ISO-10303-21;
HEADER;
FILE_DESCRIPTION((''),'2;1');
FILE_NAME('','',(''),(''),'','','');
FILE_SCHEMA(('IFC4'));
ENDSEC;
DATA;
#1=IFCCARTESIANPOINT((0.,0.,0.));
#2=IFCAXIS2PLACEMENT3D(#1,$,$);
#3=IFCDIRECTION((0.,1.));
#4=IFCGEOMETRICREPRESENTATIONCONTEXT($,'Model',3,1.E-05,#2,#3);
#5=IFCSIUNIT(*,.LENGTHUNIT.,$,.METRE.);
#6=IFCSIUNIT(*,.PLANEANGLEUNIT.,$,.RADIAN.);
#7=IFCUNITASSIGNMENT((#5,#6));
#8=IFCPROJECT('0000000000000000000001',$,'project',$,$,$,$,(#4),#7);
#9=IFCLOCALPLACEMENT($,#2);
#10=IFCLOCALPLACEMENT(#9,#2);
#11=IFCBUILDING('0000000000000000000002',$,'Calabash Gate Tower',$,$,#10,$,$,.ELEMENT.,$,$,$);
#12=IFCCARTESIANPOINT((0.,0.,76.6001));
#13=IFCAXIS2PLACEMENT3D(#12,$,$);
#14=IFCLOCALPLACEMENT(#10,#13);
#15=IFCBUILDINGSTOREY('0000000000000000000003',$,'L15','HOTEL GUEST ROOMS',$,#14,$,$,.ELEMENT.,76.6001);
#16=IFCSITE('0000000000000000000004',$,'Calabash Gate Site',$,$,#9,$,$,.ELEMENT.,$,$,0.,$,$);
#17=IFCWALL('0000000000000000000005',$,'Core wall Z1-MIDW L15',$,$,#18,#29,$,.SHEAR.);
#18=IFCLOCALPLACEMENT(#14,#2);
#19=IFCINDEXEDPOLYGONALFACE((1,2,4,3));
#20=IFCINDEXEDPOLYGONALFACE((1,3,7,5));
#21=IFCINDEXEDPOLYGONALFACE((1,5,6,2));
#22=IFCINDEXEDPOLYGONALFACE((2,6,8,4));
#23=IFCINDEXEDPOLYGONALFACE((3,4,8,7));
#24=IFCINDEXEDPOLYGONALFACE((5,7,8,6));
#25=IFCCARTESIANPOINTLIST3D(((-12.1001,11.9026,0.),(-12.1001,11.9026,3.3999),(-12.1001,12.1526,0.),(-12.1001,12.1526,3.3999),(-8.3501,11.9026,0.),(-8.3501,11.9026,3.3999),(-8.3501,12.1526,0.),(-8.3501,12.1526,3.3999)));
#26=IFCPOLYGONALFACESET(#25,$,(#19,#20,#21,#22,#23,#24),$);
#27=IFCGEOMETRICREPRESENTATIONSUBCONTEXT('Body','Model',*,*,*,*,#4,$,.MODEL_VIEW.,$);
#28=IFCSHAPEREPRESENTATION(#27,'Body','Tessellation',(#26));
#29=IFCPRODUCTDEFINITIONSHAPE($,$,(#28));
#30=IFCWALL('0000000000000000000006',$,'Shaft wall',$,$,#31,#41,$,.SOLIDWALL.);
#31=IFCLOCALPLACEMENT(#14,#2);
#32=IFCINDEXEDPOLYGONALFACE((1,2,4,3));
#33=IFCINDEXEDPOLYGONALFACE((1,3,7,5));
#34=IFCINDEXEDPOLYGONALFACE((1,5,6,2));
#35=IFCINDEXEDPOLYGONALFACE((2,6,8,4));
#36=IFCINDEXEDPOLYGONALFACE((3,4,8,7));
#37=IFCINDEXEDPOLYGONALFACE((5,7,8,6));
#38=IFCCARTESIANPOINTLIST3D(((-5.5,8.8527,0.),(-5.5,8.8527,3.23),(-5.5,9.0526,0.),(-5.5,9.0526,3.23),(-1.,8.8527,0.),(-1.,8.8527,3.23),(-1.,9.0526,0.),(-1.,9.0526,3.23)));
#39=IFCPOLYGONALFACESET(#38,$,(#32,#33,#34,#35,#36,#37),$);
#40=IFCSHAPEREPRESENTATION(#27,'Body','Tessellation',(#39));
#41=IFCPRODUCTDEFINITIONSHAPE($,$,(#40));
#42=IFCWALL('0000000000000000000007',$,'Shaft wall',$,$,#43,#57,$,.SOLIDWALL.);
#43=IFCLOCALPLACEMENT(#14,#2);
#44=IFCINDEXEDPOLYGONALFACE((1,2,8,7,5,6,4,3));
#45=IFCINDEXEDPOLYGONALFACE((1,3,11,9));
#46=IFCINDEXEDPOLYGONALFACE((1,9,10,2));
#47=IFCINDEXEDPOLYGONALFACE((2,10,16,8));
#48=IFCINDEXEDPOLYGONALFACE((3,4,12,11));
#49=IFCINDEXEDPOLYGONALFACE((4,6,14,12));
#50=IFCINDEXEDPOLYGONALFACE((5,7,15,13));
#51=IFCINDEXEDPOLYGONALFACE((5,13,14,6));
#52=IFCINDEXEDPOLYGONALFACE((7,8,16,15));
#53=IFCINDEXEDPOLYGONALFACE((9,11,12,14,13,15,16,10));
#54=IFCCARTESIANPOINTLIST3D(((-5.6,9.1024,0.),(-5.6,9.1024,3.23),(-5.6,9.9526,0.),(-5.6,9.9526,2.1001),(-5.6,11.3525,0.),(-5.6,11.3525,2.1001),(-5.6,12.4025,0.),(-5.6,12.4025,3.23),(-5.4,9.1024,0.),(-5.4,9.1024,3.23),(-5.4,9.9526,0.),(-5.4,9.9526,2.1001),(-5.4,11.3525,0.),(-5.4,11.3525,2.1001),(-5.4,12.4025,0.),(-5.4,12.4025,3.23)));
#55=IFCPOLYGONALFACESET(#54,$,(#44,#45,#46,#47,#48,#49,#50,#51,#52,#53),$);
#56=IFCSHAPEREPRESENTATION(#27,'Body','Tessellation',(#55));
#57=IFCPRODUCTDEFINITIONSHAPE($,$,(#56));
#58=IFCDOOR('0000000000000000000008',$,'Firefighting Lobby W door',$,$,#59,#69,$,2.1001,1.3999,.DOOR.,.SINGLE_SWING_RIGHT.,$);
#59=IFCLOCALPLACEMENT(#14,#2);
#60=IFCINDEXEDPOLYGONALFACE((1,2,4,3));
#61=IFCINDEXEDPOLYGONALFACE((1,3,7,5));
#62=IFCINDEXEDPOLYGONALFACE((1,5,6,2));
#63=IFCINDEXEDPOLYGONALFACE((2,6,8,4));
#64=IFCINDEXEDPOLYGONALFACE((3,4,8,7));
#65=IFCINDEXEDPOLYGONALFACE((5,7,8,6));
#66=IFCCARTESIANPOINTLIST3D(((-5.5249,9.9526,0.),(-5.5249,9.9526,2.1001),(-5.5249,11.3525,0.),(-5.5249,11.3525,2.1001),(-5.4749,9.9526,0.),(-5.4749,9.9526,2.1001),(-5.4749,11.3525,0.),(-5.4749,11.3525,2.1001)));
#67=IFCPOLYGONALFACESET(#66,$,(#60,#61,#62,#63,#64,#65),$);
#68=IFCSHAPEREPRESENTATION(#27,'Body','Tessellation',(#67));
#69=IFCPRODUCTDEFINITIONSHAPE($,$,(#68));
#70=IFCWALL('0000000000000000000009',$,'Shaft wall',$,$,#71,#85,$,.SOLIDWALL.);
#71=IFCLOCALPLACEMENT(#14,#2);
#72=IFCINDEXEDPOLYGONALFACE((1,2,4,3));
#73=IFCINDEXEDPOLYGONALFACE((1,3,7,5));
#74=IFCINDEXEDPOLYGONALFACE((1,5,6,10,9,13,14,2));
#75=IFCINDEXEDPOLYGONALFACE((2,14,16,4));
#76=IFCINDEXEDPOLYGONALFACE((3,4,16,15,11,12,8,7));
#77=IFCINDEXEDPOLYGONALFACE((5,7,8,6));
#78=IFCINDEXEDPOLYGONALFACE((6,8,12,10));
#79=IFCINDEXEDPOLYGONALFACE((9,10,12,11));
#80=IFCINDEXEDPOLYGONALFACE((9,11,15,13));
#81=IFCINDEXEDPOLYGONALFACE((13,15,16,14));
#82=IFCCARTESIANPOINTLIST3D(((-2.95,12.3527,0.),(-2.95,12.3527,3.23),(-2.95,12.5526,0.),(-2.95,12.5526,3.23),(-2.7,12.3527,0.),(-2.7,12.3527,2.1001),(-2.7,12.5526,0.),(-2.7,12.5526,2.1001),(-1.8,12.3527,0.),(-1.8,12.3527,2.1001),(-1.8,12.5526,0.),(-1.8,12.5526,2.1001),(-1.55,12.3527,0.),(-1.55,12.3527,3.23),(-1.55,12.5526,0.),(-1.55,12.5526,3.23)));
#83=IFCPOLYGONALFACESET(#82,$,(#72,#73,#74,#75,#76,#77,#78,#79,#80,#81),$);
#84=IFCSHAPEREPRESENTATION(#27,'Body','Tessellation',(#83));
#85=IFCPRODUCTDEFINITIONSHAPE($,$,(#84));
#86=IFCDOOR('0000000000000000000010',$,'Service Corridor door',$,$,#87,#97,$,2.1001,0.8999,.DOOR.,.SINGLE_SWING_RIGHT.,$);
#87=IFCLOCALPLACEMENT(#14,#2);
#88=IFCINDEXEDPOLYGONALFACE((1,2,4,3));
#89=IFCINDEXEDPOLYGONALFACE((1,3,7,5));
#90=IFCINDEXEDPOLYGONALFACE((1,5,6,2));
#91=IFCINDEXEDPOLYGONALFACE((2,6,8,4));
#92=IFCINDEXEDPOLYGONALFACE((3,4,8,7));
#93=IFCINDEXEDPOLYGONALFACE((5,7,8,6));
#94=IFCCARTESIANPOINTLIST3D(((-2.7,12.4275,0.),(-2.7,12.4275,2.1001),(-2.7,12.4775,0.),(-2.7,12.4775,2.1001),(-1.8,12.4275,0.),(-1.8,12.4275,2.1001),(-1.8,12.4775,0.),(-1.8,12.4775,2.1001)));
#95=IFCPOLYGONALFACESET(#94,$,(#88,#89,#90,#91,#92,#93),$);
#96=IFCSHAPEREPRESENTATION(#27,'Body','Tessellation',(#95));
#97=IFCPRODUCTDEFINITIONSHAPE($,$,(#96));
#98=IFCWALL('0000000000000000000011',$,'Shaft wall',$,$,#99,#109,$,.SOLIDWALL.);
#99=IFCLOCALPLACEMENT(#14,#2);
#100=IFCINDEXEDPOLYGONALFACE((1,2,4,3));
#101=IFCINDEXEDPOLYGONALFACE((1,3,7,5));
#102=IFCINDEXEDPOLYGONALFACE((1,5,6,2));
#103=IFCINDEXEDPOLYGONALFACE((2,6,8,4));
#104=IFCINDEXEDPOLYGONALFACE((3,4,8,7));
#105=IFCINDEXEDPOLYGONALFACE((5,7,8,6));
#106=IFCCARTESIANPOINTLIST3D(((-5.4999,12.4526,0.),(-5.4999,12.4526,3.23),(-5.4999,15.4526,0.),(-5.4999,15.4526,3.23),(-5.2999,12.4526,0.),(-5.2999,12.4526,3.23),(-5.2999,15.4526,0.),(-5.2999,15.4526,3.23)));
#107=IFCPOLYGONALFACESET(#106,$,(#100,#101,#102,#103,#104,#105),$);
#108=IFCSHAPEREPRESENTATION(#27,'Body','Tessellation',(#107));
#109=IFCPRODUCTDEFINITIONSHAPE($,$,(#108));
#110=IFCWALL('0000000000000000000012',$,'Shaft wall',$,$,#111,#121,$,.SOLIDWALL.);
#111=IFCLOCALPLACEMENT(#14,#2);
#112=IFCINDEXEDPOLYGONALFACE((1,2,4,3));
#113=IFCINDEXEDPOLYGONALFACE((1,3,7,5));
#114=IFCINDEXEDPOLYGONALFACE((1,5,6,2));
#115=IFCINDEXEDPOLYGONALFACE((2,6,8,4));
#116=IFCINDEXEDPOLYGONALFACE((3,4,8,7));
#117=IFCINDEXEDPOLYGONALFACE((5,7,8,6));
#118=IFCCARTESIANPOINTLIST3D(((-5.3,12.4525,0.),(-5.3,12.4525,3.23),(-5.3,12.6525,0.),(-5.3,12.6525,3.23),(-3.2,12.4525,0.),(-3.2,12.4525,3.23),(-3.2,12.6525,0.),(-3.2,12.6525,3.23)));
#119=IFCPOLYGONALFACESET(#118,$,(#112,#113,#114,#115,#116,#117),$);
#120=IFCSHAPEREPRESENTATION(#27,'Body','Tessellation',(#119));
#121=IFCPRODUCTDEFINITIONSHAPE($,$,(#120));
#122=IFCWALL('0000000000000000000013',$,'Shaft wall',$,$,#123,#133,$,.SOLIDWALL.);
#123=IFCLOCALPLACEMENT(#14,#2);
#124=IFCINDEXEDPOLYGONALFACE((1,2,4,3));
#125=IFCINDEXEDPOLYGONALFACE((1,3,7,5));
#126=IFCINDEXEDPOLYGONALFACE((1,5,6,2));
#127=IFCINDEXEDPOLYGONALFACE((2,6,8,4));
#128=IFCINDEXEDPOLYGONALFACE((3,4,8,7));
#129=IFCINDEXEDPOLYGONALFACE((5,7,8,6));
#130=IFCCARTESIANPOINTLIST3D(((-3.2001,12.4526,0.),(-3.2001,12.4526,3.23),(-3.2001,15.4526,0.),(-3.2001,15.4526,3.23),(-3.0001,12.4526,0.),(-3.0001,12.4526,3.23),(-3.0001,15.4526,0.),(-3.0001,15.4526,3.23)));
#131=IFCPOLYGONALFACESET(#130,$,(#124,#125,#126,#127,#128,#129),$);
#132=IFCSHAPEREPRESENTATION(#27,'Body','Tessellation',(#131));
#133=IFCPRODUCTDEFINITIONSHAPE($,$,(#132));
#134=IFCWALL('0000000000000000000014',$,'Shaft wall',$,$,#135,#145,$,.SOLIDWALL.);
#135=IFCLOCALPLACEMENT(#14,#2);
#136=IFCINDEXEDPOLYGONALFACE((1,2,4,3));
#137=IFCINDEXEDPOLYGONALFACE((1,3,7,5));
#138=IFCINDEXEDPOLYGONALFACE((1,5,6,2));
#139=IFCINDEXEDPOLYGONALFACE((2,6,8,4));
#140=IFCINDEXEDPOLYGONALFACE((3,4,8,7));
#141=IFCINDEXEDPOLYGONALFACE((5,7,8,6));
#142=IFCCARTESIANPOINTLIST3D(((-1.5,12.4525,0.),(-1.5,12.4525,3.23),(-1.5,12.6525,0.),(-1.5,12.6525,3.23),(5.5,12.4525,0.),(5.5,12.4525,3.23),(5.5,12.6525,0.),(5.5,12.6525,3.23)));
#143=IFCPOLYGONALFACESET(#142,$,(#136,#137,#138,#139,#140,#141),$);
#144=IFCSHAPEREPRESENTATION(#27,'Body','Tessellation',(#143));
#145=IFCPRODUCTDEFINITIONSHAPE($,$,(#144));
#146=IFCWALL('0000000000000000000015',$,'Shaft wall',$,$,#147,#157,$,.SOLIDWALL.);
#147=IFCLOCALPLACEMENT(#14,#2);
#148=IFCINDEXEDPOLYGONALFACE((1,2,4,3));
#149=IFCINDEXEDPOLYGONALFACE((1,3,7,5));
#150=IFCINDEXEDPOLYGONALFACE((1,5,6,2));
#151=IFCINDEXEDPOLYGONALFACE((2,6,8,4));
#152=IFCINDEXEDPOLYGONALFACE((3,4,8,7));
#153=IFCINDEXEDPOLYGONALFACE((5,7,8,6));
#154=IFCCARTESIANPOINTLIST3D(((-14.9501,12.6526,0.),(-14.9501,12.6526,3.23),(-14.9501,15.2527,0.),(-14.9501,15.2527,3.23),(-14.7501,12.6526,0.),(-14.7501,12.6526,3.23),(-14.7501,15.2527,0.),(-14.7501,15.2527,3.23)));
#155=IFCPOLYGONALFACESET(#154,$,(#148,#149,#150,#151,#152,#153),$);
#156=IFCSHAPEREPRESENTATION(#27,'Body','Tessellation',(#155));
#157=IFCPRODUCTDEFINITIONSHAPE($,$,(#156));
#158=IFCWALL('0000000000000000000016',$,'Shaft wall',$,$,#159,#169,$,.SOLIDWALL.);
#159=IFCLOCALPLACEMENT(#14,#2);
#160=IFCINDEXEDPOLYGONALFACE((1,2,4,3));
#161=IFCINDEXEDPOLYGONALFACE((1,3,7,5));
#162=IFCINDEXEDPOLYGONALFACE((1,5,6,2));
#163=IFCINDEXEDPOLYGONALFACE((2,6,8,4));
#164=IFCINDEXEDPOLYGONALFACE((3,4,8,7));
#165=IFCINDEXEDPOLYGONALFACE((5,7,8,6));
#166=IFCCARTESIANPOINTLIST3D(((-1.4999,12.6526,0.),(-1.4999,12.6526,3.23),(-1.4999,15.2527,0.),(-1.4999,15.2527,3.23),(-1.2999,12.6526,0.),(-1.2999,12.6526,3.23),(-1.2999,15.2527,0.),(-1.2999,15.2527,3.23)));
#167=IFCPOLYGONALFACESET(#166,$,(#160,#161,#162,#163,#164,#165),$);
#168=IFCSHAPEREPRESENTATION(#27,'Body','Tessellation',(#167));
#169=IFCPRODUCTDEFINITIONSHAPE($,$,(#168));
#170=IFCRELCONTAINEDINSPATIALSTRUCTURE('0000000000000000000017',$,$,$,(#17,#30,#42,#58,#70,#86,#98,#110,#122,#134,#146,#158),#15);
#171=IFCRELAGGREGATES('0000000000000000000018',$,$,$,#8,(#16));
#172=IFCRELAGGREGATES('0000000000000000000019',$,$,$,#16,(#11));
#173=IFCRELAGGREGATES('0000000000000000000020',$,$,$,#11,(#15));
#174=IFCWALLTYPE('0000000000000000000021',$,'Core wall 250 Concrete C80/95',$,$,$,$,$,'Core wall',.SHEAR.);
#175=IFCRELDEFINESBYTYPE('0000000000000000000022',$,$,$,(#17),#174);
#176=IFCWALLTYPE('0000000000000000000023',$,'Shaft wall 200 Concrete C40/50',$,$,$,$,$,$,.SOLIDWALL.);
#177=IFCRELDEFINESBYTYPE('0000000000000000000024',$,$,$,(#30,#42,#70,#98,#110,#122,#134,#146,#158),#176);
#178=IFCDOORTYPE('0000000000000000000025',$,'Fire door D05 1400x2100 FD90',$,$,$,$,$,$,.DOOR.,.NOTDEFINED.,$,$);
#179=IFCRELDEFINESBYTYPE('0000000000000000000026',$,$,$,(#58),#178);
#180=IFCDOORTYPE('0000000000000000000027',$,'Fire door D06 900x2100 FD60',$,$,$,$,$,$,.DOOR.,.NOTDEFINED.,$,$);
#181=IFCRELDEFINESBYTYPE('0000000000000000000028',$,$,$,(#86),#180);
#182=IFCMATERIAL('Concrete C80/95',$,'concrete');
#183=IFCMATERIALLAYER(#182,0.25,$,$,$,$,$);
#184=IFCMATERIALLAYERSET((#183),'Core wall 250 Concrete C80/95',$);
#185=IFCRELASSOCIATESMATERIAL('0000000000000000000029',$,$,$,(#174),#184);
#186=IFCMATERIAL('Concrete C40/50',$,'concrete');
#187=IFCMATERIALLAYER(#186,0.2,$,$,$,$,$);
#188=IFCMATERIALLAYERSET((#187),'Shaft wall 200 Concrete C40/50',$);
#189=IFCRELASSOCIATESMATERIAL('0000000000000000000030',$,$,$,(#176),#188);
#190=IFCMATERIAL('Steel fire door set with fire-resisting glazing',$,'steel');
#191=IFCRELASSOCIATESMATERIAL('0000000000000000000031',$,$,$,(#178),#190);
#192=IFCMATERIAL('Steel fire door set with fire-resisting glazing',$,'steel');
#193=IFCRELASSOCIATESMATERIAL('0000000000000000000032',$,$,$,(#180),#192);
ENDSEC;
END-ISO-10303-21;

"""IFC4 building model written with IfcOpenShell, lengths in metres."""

from ifc_helpers import new_model, si_unit, direction, frame, frame_2d, origin, place, context, subcontext, project, spatial, rectangle, extrude, material, layer, layer_set, type_object, element, fill, save


model = new_model("IFC4")

# Units and contexts
model_context = context("Model", 3, precision=1e-05, world=origin(), true_north=direction((0.0, 1.0)))
body_context = subcontext(model_context, "Body", "Model", "MODEL_VIEW")
ifc_project = project(units=[si_unit("LENGTHUNIT", "METRE"), si_unit("PLANEANGLEUNIT", "RADIAN")], contexts=[model_context])

# Site, building, storey
site_placement = place(None, origin())
site = spatial("IfcSite", under=ifc_project, at=site_placement, Name="Calabash Gate Site", CompositionType="ELEMENT", RefElevation=0.0)
building_placement = place(site_placement, origin())
building = spatial("IfcBuilding", under=site, at=building_placement, Name="Calabash Gate Tower", CompositionType="ELEMENT")
storey_placement = place(building_placement, frame((0.0, 0.0, 76.6001)))
storey = spatial("IfcBuildingStorey", under=building, at=storey_placement, Name="L15", Description="HOTEL GUEST ROOMS", CompositionType="ELEMENT", Elevation=76.6001)

# Walls
ifc_material_1 = material(Name="Concrete C80/95", Category="concrete")
ifc_layer_1 = layer(ifc_material_1, 0.25)
ifc_layer_set_1 = layer_set([ifc_layer_1], Name="Core wall 250 Concrete C80/95")
wall_type_1 = type_object("IfcWallType", Name="Core wall 250 Concrete C80/95", ElementType="Core wall", PredefinedType="SHEAR", material=ifc_layer_set_1)
wall_1_placement = place(storey_placement, frame((-12.1001, 12.0276, 0.0), z_axis=(0.0, 0.0, 1.0), x_axis=(1.0, 0.0, 0.0)))
element("IfcWall", 1, at=wall_1_placement, inside=storey, type_object=wall_type_1, Name="Core wall Z1-MIDW L15", PredefinedType="SHEAR", context=body_context, shape_type="SweptSolid", body=[
    extrude(rectangle(XDim=3.75, YDim=0.25, at=frame_2d((1.875, 0.0))), origin(), (0.0, 0.0, 1.0), 3.3999),
])
ifc_material_2 = material(Name="Concrete C40/50", Category="concrete")
ifc_layer_2 = layer(ifc_material_2, 0.2)
ifc_layer_set_2 = layer_set([ifc_layer_2], Name="Shaft wall 200 Concrete C40/50")
wall_type_2 = type_object("IfcWallType", Name="Shaft wall 200 Concrete C40/50", PredefinedType="SOLIDWALL", material=ifc_layer_set_2)
wall_2_placement = place(storey_placement, frame((-5.5, 8.9526, 0.0), z_axis=(0.0, 0.0, 1.0), x_axis=(1.0, 0.0, 0.0)))
element("IfcWall", 2, at=wall_2_placement, inside=storey, type_object=wall_type_2, Name="Shaft wall", PredefinedType="SOLIDWALL", context=body_context, shape_type="SweptSolid", body=[
    extrude(rectangle(XDim=4.5, YDim=0.2, at=frame_2d((2.25, 0.0))), origin(), (0.0, 0.0, 1.0), 3.23),
])

# Walls, openings, doors
wall_3_placement = place(storey_placement, frame((-5.5, 9.1025, 0.0), z_axis=(0.0, 0.0, 1.0), x_axis=(0.0, 1.0, 0.0)))
wall_3 = element("IfcWall", 3, at=wall_3_placement, inside=storey, type_object=wall_type_2, Name="Shaft wall", PredefinedType="SOLIDWALL", context=body_context, shape_type="SweptSolid", body=[
    extrude(rectangle(XDim=3.3, YDim=0.2, at=frame_2d((1.6499, 0.0))), origin(), (0.0, 0.0, 1.0), 3.23),
])
opening_1_placement = place(wall_3_placement, frame((0.8501, 0.0, 0.0)))
opening_1 = element("IfcOpeningElement", 4, at=opening_1_placement, cuts=wall_3, PredefinedType="OPENING", context=body_context, shape_type="SweptSolid", body=[
    extrude(rectangle(XDim=1.3999, YDim=2.1001, at=frame_2d((0.7, 1.05))), frame((0.0, 0.1099, 0.0), z_axis=(0.0, -1.0, 0.0), x_axis=(1.0, 0.0, 0.0)), (0.0, 0.0, 1.0), 0.22),
])
ifc_material_3 = material(Name="Steel fire door set with fire-resisting glazing", Category="steel")
door_type_1 = type_object("IfcDoorType", Name="Fire door D05 1400x2100 FD90", OperationType="NOTDEFINED", PredefinedType="DOOR", material=ifc_material_3)
door_1_placement = place(opening_1_placement, origin())
door_1 = element("IfcDoor", 5, at=door_1_placement, inside=storey, type_object=door_type_1, Name="Firefighting Lobby W door", OperationType="SINGLE_SWING_RIGHT", OverallHeight=2.1001, OverallWidth=1.3999, PredefinedType="DOOR", context=body_context, shape_type="SweptSolid", body=[
    extrude(rectangle(XDim=1.3999, YDim=2.1001, at=frame_2d((0.7, 1.05))), frame((0.0, 0.0249, 0.0), z_axis=(0.0, -1.0, 0.0), x_axis=(1.0, 0.0, 0.0)), (0.0, 0.0, 1.0), 0.05),
])
fill(opening_1, door_1)
wall_4_placement = place(storey_placement, frame((-2.95, 12.4526, 0.0), z_axis=(0.0, 0.0, 1.0), x_axis=(1.0, 0.0, 0.0)))
wall_4 = element("IfcWall", 6, at=wall_4_placement, inside=storey, type_object=wall_type_2, Name="Shaft wall", PredefinedType="SOLIDWALL", context=body_context, shape_type="SweptSolid", body=[
    extrude(rectangle(XDim=1.3999, YDim=0.2, at=frame_2d((0.7, 0.0))), origin(), (0.0, 0.0, 1.0), 3.23),
])
opening_2_placement = place(wall_4_placement, frame((0.25, 0.0, 0.0)))
opening_2 = element("IfcOpeningElement", 7, at=opening_2_placement, cuts=wall_4, PredefinedType="OPENING", context=body_context, shape_type="SweptSolid", body=[
    extrude(rectangle(XDim=0.8999, YDim=2.1001, at=frame_2d((0.45, 1.05))), frame((0.0, 0.1099, 0.0), z_axis=(0.0, -1.0, 0.0), x_axis=(1.0, 0.0, 0.0)), (0.0, 0.0, 1.0), 0.22),
])
ifc_material_4 = material(Name="Steel fire door set with fire-resisting glazing", Category="steel")
door_type_2 = type_object("IfcDoorType", Name="Fire door D06 900x2100 FD60", OperationType="NOTDEFINED", PredefinedType="DOOR", material=ifc_material_4)
door_2_placement = place(opening_2_placement, origin())
door_2 = element("IfcDoor", 8, at=door_2_placement, inside=storey, type_object=door_type_2, Name="Service Corridor door", OperationType="SINGLE_SWING_RIGHT", OverallHeight=2.1001, OverallWidth=0.8999, PredefinedType="DOOR", context=body_context, shape_type="SweptSolid", body=[
    extrude(rectangle(XDim=0.8999, YDim=2.1001, at=frame_2d((0.45, 1.05))), frame((0.0, 0.0249, 0.0), z_axis=(0.0, -1.0, 0.0), x_axis=(1.0, 0.0, 0.0)), (0.0, 0.0, 1.0), 0.05),
])
fill(opening_2, door_2)

# Walls
wall_5_placement = place(storey_placement, frame((-5.3999, 12.4526, 0.0), z_axis=(0.0, 0.0, 1.0), x_axis=(0.0, 1.0, 0.0)))
element("IfcWall", 9, at=wall_5_placement, inside=storey, type_object=wall_type_2, Name="Shaft wall", PredefinedType="SOLIDWALL", context=body_context, shape_type="SweptSolid", body=[
    extrude(rectangle(XDim=3.0, YDim=0.2, at=frame_2d((1.5, 0.0))), origin(), (0.0, 0.0, 1.0), 3.23),
])
wall_6_placement = place(storey_placement, frame((-5.3, 12.5525, 0.0), z_axis=(0.0, 0.0, 1.0), x_axis=(1.0, 0.0, 0.0)))
element("IfcWall", 10, at=wall_6_placement, inside=storey, type_object=wall_type_2, Name="Shaft wall", PredefinedType="SOLIDWALL", context=body_context, shape_type="SweptSolid", body=[
    extrude(rectangle(XDim=2.1001, YDim=0.2, at=frame_2d((1.05, 0.0))), origin(), (0.0, 0.0, 1.0), 3.23),
])
wall_7_placement = place(storey_placement, frame((-3.1001, 12.4526, 0.0), z_axis=(0.0, 0.0, 1.0), x_axis=(0.0, 1.0, 0.0)))
element("IfcWall", 11, at=wall_7_placement, inside=storey, type_object=wall_type_2, Name="Shaft wall", PredefinedType="SOLIDWALL", context=body_context, shape_type="SweptSolid", body=[
    extrude(rectangle(XDim=3.0, YDim=0.2, at=frame_2d((1.5, 0.0))), origin(), (0.0, 0.0, 1.0), 3.23),
])
wall_8_placement = place(storey_placement, frame((-1.5, 12.5525, 0.0), z_axis=(0.0, 0.0, 1.0), x_axis=(1.0, 0.0, 0.0)))
element("IfcWall", 12, at=wall_8_placement, inside=storey, type_object=wall_type_2, Name="Shaft wall", PredefinedType="SOLIDWALL", context=body_context, shape_type="SweptSolid", body=[
    extrude(rectangle(XDim=7.0, YDim=0.2, at=frame_2d((3.5, 0.0))), origin(), (0.0, 0.0, 1.0), 3.23),
])
for number, where, z_axis, x_axis, name in (
    (13, (-14.8501, 12.6526, 0.0), (0.0, 0.0, 1.0), (0.0, 1.0, 0.0), "Shaft wall"),
    (14, (-1.3999, 12.6526, 0.0), (0.0, 0.0, 1.0), (0.0, 1.0, 0.0), "Shaft wall"),
):
    element("IfcWall", number, at=place(storey_placement, frame(where, z_axis=z_axis, x_axis=x_axis)), inside=storey, type_object=wall_type_2, Name=name, PredefinedType="SOLIDWALL", context=body_context, shape_type="SweptSolid", body=[
        extrude(rectangle(XDim=2.6001, YDim=0.2, at=frame_2d((1.3, 0.0))), origin(), (0.0, 0.0, 1.0), 3.23),
    ])

save(model, "model.ifc")
